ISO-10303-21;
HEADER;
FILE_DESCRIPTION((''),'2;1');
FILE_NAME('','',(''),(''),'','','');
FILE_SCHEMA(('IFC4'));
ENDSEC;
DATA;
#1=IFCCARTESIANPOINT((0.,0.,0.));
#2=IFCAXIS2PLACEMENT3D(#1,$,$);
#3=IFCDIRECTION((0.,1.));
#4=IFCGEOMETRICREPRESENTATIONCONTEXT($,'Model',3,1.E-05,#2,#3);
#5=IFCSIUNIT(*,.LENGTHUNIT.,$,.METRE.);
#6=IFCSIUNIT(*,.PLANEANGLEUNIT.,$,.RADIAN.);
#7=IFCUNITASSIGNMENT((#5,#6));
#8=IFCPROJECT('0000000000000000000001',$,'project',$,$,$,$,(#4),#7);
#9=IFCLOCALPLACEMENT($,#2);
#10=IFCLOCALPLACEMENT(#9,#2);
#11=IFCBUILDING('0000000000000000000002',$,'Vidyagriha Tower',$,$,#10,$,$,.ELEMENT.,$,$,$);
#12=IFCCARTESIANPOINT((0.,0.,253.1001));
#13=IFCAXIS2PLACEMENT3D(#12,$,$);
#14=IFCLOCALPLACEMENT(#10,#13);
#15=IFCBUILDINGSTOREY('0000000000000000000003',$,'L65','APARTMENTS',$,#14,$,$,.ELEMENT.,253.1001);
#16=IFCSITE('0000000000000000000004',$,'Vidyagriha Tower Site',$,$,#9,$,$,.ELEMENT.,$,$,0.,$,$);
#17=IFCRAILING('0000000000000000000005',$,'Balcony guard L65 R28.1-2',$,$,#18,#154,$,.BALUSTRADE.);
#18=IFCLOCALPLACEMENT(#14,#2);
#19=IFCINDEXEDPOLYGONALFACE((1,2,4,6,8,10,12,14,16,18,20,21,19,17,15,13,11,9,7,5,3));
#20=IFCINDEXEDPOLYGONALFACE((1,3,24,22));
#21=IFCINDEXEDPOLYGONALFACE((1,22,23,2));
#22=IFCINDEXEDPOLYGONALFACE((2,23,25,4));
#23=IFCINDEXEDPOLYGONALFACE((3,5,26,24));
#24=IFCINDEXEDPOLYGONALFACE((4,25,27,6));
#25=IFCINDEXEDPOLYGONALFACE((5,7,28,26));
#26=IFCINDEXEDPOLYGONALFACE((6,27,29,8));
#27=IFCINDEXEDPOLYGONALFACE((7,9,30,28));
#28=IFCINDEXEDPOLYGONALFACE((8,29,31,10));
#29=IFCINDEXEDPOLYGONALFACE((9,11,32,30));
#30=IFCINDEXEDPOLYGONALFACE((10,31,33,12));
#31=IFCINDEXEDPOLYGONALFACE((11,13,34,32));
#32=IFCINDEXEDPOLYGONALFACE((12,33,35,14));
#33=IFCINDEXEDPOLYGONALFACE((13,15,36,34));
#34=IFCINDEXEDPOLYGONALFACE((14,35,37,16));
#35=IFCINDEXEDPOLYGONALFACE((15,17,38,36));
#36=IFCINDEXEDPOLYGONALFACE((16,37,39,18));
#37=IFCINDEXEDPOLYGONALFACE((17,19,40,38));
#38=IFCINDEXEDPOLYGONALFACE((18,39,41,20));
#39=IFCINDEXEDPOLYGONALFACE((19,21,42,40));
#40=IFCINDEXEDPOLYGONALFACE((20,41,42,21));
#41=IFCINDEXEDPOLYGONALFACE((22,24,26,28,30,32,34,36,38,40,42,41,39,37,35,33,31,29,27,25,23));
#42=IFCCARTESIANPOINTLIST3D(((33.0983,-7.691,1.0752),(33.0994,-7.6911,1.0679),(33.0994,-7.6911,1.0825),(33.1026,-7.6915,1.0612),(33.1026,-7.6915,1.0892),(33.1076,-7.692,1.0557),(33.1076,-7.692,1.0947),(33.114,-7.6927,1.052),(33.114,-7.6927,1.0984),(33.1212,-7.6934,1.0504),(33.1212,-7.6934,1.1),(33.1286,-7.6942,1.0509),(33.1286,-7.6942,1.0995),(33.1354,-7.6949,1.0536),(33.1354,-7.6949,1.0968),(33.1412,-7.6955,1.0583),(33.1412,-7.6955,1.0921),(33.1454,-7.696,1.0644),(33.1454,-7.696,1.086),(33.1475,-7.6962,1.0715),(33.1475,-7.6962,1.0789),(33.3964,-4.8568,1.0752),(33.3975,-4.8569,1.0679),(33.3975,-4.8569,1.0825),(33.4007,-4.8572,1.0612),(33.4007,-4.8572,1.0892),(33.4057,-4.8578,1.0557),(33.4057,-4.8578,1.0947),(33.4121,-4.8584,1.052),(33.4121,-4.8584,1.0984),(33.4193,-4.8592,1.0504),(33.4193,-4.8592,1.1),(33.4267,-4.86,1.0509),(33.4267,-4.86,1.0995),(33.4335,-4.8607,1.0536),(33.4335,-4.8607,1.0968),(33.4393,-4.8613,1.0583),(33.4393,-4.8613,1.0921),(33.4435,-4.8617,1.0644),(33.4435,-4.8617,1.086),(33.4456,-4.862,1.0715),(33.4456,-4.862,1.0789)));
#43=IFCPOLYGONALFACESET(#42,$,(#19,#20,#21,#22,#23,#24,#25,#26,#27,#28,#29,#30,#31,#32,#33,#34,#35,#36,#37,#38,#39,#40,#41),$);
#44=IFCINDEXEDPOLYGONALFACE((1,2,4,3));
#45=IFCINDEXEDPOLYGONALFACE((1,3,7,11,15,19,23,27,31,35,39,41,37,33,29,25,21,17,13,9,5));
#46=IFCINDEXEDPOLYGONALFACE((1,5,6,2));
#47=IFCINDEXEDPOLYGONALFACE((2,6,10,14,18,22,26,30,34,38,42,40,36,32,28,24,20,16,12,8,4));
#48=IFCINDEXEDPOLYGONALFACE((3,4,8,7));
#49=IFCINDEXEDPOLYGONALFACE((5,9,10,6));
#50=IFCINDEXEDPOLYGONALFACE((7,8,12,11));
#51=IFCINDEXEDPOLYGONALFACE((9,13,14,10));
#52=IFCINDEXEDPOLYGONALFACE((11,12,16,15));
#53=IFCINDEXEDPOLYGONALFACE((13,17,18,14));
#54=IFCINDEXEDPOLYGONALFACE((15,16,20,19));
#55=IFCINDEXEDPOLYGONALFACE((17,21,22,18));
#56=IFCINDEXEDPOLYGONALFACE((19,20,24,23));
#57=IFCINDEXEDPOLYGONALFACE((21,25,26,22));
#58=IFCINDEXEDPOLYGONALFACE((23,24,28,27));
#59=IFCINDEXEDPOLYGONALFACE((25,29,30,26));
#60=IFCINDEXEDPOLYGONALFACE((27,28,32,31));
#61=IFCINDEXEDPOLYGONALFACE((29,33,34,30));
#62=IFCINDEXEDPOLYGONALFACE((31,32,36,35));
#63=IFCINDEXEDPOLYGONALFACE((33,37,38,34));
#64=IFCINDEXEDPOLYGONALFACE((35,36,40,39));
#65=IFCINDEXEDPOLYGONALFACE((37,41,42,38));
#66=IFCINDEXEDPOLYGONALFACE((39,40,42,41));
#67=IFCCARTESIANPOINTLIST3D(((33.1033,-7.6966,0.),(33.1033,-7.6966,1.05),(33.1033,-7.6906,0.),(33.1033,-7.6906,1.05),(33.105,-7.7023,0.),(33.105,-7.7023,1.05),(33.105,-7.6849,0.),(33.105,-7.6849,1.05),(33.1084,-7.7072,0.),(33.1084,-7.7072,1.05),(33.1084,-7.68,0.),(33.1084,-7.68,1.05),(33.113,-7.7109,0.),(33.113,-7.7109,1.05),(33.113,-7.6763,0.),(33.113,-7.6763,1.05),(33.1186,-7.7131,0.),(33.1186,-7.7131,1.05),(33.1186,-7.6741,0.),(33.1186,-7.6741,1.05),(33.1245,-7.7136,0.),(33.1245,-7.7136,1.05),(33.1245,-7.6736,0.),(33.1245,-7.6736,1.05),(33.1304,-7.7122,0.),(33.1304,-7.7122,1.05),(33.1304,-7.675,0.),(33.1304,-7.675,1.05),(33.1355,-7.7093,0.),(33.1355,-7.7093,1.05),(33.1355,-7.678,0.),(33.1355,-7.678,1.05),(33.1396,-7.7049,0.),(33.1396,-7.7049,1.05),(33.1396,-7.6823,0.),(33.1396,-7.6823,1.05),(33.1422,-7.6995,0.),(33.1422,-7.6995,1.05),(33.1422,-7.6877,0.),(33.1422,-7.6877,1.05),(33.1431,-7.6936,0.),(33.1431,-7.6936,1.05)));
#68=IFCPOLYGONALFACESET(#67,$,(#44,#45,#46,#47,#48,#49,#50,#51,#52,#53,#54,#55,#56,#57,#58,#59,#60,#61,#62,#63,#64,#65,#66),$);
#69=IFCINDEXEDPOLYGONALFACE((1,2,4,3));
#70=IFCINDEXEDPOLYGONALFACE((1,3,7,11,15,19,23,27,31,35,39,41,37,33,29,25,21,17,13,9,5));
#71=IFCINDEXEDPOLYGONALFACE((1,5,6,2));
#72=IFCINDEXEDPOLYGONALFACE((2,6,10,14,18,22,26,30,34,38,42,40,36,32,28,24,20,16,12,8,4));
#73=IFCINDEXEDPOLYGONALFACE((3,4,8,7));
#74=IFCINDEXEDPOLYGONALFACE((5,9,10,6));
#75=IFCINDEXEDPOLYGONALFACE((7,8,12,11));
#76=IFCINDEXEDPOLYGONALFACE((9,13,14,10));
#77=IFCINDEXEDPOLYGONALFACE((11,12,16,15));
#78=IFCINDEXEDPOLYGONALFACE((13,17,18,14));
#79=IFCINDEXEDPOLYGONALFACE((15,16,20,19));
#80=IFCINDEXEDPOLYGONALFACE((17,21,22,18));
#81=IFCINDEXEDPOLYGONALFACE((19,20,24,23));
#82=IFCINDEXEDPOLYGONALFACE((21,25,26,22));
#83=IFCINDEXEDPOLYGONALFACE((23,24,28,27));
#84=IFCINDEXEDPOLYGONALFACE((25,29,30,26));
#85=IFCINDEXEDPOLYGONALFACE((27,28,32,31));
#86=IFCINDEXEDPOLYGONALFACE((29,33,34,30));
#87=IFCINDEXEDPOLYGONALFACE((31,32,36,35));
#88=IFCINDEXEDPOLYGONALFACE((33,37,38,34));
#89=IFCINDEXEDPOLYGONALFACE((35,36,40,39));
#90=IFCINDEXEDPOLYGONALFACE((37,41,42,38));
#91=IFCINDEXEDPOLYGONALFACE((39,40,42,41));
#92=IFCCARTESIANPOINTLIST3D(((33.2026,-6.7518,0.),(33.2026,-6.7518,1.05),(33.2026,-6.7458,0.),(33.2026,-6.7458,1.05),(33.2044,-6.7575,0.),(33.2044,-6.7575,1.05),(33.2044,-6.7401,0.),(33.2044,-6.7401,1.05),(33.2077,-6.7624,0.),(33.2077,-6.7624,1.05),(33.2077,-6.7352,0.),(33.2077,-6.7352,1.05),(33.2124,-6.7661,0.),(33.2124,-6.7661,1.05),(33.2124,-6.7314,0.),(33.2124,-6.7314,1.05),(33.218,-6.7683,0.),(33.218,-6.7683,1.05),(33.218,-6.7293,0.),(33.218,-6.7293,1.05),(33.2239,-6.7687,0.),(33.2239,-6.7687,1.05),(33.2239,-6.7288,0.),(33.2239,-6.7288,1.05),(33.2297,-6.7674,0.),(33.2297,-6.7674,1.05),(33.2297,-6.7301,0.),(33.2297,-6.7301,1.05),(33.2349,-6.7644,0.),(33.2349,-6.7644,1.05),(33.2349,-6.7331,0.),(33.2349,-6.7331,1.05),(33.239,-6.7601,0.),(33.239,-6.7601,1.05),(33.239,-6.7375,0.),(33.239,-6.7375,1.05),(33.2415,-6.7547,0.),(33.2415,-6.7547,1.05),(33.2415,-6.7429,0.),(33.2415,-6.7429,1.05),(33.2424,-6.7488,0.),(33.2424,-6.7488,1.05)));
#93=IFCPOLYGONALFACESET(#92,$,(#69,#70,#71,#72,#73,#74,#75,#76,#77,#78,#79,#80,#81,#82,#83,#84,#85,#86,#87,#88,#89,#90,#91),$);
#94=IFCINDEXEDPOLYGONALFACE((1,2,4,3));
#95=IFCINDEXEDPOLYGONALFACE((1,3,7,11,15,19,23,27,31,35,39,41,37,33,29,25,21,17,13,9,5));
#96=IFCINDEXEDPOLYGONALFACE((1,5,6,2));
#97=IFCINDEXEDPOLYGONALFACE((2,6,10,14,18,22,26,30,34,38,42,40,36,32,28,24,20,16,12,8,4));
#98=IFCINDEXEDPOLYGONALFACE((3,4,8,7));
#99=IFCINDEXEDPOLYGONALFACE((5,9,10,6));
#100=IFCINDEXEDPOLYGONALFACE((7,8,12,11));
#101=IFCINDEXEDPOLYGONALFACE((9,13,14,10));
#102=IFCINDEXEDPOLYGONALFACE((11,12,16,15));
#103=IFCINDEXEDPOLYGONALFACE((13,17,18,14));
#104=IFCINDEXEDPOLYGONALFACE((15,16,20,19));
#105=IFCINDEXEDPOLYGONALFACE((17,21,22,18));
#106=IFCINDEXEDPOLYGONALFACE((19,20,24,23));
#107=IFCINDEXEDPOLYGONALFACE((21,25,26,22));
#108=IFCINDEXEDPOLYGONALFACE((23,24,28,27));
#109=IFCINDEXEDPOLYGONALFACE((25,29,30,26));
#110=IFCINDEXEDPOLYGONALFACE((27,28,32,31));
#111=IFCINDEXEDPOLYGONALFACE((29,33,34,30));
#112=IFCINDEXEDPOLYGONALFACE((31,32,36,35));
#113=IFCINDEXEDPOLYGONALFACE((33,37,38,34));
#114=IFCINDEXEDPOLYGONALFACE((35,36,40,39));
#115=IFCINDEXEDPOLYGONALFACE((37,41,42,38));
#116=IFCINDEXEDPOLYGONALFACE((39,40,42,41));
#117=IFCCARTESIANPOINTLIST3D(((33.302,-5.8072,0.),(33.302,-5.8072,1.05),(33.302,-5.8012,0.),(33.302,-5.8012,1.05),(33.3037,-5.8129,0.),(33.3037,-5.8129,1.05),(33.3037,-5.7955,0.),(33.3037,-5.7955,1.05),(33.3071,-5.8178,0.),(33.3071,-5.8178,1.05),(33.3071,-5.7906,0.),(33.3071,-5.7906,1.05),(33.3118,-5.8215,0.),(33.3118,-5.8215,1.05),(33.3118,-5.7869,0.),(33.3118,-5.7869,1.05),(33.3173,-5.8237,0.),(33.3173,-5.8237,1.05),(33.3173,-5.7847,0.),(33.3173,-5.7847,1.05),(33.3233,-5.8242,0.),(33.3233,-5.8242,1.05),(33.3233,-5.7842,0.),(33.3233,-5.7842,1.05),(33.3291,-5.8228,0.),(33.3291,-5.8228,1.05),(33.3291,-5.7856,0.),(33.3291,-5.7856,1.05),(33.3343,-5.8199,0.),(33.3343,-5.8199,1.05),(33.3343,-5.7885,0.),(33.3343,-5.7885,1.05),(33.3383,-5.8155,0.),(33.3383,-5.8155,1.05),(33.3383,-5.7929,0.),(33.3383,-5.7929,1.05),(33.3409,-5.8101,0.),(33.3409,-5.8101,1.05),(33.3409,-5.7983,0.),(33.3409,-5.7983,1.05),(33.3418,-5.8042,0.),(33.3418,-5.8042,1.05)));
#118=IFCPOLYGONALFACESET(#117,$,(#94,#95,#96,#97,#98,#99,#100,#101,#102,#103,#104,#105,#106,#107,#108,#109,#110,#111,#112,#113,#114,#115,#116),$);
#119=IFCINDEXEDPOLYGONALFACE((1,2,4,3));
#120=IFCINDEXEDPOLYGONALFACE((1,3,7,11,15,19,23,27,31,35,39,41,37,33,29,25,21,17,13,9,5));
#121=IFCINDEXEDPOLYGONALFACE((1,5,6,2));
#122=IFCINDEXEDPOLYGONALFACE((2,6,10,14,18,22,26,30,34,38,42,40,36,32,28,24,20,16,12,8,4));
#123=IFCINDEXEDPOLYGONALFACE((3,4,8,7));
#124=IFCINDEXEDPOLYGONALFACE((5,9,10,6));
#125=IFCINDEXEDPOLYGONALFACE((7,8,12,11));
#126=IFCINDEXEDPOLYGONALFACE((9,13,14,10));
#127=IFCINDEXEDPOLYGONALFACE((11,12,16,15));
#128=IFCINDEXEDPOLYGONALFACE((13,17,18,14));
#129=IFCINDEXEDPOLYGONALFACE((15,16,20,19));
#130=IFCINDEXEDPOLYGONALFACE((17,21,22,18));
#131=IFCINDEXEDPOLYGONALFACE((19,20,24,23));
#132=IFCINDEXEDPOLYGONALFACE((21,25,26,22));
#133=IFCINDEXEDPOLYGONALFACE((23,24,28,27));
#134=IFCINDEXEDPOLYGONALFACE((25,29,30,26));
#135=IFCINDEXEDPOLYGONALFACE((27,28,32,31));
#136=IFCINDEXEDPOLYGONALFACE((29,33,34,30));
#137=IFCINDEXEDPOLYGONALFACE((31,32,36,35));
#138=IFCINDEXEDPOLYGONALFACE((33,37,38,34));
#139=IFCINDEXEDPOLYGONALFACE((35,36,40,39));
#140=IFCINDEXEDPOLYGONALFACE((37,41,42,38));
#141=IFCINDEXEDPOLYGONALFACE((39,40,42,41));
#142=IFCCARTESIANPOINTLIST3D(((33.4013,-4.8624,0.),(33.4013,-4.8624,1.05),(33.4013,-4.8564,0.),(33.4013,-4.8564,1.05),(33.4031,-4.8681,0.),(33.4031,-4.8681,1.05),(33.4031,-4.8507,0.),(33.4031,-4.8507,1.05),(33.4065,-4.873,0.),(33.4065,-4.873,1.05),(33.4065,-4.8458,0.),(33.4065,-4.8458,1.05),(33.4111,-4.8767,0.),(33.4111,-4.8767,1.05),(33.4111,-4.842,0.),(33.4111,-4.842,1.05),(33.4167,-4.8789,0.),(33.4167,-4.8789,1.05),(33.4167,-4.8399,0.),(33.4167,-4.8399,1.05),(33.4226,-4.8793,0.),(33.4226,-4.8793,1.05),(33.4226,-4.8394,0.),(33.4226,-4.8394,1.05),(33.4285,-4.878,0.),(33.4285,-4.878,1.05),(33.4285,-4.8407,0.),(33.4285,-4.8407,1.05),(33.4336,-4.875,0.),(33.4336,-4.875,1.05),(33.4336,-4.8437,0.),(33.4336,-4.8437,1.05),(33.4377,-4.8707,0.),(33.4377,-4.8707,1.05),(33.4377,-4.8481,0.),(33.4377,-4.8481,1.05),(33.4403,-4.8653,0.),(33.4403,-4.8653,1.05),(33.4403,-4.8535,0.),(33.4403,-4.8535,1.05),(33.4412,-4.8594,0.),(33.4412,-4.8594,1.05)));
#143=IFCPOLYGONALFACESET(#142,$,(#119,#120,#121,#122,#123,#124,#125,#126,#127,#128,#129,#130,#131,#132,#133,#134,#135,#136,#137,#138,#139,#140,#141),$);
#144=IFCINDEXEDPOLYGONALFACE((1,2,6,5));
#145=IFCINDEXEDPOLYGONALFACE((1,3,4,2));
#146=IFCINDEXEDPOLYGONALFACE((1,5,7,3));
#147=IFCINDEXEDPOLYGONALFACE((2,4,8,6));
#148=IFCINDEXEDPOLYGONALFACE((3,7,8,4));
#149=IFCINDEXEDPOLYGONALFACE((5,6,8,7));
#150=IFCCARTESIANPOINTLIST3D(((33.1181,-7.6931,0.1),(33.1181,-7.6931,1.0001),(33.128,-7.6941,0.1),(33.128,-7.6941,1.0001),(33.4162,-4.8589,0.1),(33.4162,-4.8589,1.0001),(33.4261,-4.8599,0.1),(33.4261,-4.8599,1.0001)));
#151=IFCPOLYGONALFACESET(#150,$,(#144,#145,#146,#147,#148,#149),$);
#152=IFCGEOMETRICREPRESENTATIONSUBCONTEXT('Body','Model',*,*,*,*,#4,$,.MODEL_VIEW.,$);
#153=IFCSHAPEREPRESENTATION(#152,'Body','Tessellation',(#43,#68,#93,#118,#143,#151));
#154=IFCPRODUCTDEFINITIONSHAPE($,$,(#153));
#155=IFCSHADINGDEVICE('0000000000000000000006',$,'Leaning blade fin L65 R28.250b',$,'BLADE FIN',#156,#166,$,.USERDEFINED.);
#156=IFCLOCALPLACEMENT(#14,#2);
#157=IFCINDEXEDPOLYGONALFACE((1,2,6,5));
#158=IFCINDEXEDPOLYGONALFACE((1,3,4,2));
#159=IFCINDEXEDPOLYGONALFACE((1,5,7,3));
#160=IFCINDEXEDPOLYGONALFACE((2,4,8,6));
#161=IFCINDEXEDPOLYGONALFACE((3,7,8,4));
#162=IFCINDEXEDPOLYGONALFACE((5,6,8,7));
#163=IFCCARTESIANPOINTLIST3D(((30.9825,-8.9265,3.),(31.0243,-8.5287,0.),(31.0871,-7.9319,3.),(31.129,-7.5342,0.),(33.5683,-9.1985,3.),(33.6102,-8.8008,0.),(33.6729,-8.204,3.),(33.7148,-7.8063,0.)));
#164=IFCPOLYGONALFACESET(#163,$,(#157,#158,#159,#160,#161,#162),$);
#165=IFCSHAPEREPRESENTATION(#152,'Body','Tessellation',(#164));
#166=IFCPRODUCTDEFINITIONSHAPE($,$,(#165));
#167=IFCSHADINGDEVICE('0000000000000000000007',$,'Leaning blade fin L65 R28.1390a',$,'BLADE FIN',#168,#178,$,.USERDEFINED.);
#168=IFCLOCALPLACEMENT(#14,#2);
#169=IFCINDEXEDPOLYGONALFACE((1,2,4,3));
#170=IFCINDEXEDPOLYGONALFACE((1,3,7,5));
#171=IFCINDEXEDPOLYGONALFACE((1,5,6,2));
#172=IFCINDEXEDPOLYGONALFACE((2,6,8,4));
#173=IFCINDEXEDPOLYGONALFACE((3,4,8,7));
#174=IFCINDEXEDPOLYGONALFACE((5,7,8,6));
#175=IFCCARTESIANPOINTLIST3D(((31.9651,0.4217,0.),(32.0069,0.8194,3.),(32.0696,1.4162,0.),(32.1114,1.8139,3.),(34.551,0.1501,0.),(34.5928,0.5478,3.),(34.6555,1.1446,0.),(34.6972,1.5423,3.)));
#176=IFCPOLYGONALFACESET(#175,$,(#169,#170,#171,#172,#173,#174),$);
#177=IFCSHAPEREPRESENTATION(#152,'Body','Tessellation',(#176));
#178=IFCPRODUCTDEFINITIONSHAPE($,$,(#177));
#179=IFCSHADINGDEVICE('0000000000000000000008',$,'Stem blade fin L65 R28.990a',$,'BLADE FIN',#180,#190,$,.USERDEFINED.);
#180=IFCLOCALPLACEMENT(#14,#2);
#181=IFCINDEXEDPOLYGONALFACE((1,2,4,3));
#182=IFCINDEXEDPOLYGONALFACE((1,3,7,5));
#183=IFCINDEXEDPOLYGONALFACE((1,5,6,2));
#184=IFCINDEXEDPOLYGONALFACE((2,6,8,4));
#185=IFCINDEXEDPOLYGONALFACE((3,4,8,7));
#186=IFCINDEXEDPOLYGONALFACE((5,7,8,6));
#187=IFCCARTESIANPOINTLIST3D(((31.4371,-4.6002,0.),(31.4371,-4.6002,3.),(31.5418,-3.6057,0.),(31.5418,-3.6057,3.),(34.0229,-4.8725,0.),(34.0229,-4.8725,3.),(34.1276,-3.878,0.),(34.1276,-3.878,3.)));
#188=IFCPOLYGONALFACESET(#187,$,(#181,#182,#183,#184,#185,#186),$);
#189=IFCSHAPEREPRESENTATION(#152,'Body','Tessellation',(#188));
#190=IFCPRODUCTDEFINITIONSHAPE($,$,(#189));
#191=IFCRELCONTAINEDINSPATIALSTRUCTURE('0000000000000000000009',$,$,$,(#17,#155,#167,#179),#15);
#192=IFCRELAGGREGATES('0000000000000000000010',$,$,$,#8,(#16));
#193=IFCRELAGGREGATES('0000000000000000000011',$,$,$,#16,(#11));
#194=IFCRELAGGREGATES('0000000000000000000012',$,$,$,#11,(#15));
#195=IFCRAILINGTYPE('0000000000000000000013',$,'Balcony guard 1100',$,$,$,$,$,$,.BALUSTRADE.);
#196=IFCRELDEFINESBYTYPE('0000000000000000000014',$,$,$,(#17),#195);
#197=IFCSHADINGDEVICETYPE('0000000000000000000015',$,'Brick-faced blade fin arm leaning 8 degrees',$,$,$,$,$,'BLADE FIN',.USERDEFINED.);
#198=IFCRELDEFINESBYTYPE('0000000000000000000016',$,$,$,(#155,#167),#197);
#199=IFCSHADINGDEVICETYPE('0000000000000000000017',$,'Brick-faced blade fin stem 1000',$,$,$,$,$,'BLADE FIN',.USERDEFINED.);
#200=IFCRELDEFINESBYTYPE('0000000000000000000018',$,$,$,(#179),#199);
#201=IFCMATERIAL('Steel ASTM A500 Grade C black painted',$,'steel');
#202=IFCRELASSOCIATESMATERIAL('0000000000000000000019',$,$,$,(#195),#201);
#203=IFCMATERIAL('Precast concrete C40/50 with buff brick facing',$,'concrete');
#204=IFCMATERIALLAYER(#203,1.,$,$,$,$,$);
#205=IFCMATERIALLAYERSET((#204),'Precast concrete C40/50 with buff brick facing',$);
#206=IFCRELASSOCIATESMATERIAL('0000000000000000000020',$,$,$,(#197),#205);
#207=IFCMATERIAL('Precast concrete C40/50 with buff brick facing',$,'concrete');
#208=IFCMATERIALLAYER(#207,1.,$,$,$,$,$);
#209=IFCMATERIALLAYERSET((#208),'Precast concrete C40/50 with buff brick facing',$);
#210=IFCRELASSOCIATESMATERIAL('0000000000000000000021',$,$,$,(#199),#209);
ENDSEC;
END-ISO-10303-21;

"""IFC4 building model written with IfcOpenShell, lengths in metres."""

from ifc_helpers import new_model, si_unit, direction, frame, origin, origin_2d, place, context, subcontext, project, spatial, polyline, rectangle, circle, outline, extrude, material, layer, layer_set, type_object, element, save


model = new_model("IFC4")

# Units and contexts
model_context = context("Model", 3, precision=1e-05, world=origin(), true_north=direction((0.0, 1.0)))
body_context = subcontext(model_context, "Body", "Model", "MODEL_VIEW")
ifc_project = project(units=[si_unit("LENGTHUNIT", "METRE"), si_unit("PLANEANGLEUNIT", "RADIAN")], contexts=[model_context])

# Site, building, storey
site_placement = place(None, origin())
site = spatial("IfcSite", under=ifc_project, at=site_placement, Name="Vidyagriha Tower Site", CompositionType="ELEMENT", RefElevation=0.0)
building_placement = place(site_placement, origin())
building = spatial("IfcBuilding", under=site, at=building_placement, Name="Vidyagriha Tower", CompositionType="ELEMENT")
storey_placement = place(building_placement, frame((0.0, 0.0, 253.1001)))
storey = spatial("IfcBuildingStorey", under=building, at=storey_placement, Name="L65", Description="APARTMENTS", CompositionType="ELEMENT", Elevation=253.1001)

# Railing
ifc_material_1 = material(Name="Steel ASTM A500 Grade C black painted", Category="steel")
railing_type_1 = type_object("IfcRailingType", Name="Balcony guard 1100", PredefinedType="BALUSTRADE", material=ifc_material_1)
railing_1_placement = place(storey_placement, frame((33.123, -7.6936, 0.0)))
element("IfcRailing", 1, at=railing_1_placement, inside=storey, type_object=railing_type_1, Name="Balcony guard L65 R28.1-2", PredefinedType="BALUSTRADE", context=body_context, shape_type="SweptSolid", body=[
    extrude(circle(Radius=0.0249, at=origin_2d()), frame((0.0, 0.0, 1.0752), z_axis=(0.1046, 0.994514, 0.0), x_axis=(-0.994514, 0.1046, 0.0)), (0.0, 0.0, 1.0), 2.8499),
    extrude(circle(Radius=0.02, at=origin_2d()), origin(), (0.0, 0.0, 1.0), 1.05),
    extrude(circle(Radius=0.02, at=origin_2d()), frame((0.0994, 0.9448, 0.0)), (0.0, 0.0, 1.0), 1.05),
    extrude(circle(Radius=0.02, at=origin_2d()), frame((0.1987, 1.8894, 0.0)), (0.0, 0.0, 1.0), 1.05),
    extrude(circle(Radius=0.02, at=origin_2d()), frame((0.2981, 2.8342, 0.0)), (0.0, 0.0, 1.0), 1.05),
    extrude(rectangle(XDim=0.01, YDim=0.9001, at=origin_2d()), frame((0.0, 0.0, 0.55), z_axis=(0.1046, 0.994514, 0.0), x_axis=(-0.994514, 0.1046, 0.0)), (0.0, 0.0, 1.0), 2.8499),
])

# Shading devices
ifc_material_2 = material(Name="Precast concrete C40/50 with buff brick facing", Category="concrete")
ifc_layer_1 = layer(ifc_material_2, 1.0)
ifc_layer_set_1 = layer_set([ifc_layer_1], Name="Precast concrete C40/50 with buff brick facing")
shading_device_type_1 = type_object("IfcShadingDeviceType", Name="Brick-faced blade fin arm leaning 8 degrees", ElementType="BLADE FIN", PredefinedType="USERDEFINED", material=ifc_layer_set_1)
shading_device_1_placement = place(storey_placement, frame((32.2754, -9.0625, 0.0), z_axis=(0.0, 0.0, 1.0), x_axis=(0.104648, 0.994509, 0.0)))
element("IfcShadingDevice", 2, at=shading_device_1_placement, inside=storey, type_object=shading_device_type_1, Name="Leaning blade fin L65 R28.250b", ObjectType="BLADE FIN", PredefinedType="USERDEFINED", context=body_context, shape_type="SweptSolid", body=[
    extrude(outline(polyline([(0.3999, 0.0), (1.3999, 0.0), (1.0, 3.0), (0.0, 3.0), (0.3999, 0.0)])), frame((0.0, 1.3, 0.0), z_axis=(0.0, -1.0, 0.0), x_axis=(1.0, 0.0, 0.0)), (0.0, 0.0, 1.0), 2.6001),
])
shading_device_2_placement = place(storey_placement, frame((33.2581, 0.2859, 0.0), z_axis=(0.0, 0.0, 1.0), x_axis=(0.104458, 0.994529, 0.0)))
element("IfcShadingDevice", 3, at=shading_device_2_placement, inside=storey, type_object=shading_device_type_1, Name="Leaning blade fin L65 R28.1390a", ObjectType="BLADE FIN", PredefinedType="USERDEFINED", context=body_context, shape_type="SweptSolid", body=[
    extrude(outline(polyline([(0.0, 0.0), (1.0, 0.0), (1.3999, 3.0), (0.3999, 3.0), (0.0, 0.0)])), frame((0.0, 1.3, 0.0), z_axis=(0.0, -1.0, 0.0), x_axis=(1.0, 0.0, 0.0)), (0.0, 0.0, 1.0), 2.6001),
])
ifc_material_3 = material(Name="Precast concrete C40/50 with buff brick facing", Category="concrete")
ifc_layer_2 = layer(ifc_material_3, 1.0)
ifc_layer_set_2 = layer_set([ifc_layer_2], Name="Precast concrete C40/50 with buff brick facing")
shading_device_type_2 = type_object("IfcShadingDeviceType", Name="Brick-faced blade fin stem 1000", ElementType="BLADE FIN", PredefinedType="USERDEFINED", material=ifc_layer_set_2)
shading_device_3_placement = place(storey_placement, frame((32.73, -4.7363, 0.0), z_axis=(0.0, 0.0, 1.0), x_axis=(0.104748, 0.994499, 0.0)))
element("IfcShadingDevice", 4, at=shading_device_3_placement, inside=storey, type_object=shading_device_type_2, Name="Stem blade fin L65 R28.990a", ObjectType="BLADE FIN", PredefinedType="USERDEFINED", context=body_context, shape_type="SweptSolid", body=[
    extrude(outline(polyline([(0.0, 0.0), (1.0, 0.0), (1.0, 3.0), (0.0, 3.0), (0.0, 0.0)])), frame((0.0, 1.3, 0.0), z_axis=(0.0, -1.0, 0.0), x_axis=(1.0, 0.0, 0.0)), (0.0, 0.0, 1.0), 2.6001),
])

save(model, "model.ifc")
